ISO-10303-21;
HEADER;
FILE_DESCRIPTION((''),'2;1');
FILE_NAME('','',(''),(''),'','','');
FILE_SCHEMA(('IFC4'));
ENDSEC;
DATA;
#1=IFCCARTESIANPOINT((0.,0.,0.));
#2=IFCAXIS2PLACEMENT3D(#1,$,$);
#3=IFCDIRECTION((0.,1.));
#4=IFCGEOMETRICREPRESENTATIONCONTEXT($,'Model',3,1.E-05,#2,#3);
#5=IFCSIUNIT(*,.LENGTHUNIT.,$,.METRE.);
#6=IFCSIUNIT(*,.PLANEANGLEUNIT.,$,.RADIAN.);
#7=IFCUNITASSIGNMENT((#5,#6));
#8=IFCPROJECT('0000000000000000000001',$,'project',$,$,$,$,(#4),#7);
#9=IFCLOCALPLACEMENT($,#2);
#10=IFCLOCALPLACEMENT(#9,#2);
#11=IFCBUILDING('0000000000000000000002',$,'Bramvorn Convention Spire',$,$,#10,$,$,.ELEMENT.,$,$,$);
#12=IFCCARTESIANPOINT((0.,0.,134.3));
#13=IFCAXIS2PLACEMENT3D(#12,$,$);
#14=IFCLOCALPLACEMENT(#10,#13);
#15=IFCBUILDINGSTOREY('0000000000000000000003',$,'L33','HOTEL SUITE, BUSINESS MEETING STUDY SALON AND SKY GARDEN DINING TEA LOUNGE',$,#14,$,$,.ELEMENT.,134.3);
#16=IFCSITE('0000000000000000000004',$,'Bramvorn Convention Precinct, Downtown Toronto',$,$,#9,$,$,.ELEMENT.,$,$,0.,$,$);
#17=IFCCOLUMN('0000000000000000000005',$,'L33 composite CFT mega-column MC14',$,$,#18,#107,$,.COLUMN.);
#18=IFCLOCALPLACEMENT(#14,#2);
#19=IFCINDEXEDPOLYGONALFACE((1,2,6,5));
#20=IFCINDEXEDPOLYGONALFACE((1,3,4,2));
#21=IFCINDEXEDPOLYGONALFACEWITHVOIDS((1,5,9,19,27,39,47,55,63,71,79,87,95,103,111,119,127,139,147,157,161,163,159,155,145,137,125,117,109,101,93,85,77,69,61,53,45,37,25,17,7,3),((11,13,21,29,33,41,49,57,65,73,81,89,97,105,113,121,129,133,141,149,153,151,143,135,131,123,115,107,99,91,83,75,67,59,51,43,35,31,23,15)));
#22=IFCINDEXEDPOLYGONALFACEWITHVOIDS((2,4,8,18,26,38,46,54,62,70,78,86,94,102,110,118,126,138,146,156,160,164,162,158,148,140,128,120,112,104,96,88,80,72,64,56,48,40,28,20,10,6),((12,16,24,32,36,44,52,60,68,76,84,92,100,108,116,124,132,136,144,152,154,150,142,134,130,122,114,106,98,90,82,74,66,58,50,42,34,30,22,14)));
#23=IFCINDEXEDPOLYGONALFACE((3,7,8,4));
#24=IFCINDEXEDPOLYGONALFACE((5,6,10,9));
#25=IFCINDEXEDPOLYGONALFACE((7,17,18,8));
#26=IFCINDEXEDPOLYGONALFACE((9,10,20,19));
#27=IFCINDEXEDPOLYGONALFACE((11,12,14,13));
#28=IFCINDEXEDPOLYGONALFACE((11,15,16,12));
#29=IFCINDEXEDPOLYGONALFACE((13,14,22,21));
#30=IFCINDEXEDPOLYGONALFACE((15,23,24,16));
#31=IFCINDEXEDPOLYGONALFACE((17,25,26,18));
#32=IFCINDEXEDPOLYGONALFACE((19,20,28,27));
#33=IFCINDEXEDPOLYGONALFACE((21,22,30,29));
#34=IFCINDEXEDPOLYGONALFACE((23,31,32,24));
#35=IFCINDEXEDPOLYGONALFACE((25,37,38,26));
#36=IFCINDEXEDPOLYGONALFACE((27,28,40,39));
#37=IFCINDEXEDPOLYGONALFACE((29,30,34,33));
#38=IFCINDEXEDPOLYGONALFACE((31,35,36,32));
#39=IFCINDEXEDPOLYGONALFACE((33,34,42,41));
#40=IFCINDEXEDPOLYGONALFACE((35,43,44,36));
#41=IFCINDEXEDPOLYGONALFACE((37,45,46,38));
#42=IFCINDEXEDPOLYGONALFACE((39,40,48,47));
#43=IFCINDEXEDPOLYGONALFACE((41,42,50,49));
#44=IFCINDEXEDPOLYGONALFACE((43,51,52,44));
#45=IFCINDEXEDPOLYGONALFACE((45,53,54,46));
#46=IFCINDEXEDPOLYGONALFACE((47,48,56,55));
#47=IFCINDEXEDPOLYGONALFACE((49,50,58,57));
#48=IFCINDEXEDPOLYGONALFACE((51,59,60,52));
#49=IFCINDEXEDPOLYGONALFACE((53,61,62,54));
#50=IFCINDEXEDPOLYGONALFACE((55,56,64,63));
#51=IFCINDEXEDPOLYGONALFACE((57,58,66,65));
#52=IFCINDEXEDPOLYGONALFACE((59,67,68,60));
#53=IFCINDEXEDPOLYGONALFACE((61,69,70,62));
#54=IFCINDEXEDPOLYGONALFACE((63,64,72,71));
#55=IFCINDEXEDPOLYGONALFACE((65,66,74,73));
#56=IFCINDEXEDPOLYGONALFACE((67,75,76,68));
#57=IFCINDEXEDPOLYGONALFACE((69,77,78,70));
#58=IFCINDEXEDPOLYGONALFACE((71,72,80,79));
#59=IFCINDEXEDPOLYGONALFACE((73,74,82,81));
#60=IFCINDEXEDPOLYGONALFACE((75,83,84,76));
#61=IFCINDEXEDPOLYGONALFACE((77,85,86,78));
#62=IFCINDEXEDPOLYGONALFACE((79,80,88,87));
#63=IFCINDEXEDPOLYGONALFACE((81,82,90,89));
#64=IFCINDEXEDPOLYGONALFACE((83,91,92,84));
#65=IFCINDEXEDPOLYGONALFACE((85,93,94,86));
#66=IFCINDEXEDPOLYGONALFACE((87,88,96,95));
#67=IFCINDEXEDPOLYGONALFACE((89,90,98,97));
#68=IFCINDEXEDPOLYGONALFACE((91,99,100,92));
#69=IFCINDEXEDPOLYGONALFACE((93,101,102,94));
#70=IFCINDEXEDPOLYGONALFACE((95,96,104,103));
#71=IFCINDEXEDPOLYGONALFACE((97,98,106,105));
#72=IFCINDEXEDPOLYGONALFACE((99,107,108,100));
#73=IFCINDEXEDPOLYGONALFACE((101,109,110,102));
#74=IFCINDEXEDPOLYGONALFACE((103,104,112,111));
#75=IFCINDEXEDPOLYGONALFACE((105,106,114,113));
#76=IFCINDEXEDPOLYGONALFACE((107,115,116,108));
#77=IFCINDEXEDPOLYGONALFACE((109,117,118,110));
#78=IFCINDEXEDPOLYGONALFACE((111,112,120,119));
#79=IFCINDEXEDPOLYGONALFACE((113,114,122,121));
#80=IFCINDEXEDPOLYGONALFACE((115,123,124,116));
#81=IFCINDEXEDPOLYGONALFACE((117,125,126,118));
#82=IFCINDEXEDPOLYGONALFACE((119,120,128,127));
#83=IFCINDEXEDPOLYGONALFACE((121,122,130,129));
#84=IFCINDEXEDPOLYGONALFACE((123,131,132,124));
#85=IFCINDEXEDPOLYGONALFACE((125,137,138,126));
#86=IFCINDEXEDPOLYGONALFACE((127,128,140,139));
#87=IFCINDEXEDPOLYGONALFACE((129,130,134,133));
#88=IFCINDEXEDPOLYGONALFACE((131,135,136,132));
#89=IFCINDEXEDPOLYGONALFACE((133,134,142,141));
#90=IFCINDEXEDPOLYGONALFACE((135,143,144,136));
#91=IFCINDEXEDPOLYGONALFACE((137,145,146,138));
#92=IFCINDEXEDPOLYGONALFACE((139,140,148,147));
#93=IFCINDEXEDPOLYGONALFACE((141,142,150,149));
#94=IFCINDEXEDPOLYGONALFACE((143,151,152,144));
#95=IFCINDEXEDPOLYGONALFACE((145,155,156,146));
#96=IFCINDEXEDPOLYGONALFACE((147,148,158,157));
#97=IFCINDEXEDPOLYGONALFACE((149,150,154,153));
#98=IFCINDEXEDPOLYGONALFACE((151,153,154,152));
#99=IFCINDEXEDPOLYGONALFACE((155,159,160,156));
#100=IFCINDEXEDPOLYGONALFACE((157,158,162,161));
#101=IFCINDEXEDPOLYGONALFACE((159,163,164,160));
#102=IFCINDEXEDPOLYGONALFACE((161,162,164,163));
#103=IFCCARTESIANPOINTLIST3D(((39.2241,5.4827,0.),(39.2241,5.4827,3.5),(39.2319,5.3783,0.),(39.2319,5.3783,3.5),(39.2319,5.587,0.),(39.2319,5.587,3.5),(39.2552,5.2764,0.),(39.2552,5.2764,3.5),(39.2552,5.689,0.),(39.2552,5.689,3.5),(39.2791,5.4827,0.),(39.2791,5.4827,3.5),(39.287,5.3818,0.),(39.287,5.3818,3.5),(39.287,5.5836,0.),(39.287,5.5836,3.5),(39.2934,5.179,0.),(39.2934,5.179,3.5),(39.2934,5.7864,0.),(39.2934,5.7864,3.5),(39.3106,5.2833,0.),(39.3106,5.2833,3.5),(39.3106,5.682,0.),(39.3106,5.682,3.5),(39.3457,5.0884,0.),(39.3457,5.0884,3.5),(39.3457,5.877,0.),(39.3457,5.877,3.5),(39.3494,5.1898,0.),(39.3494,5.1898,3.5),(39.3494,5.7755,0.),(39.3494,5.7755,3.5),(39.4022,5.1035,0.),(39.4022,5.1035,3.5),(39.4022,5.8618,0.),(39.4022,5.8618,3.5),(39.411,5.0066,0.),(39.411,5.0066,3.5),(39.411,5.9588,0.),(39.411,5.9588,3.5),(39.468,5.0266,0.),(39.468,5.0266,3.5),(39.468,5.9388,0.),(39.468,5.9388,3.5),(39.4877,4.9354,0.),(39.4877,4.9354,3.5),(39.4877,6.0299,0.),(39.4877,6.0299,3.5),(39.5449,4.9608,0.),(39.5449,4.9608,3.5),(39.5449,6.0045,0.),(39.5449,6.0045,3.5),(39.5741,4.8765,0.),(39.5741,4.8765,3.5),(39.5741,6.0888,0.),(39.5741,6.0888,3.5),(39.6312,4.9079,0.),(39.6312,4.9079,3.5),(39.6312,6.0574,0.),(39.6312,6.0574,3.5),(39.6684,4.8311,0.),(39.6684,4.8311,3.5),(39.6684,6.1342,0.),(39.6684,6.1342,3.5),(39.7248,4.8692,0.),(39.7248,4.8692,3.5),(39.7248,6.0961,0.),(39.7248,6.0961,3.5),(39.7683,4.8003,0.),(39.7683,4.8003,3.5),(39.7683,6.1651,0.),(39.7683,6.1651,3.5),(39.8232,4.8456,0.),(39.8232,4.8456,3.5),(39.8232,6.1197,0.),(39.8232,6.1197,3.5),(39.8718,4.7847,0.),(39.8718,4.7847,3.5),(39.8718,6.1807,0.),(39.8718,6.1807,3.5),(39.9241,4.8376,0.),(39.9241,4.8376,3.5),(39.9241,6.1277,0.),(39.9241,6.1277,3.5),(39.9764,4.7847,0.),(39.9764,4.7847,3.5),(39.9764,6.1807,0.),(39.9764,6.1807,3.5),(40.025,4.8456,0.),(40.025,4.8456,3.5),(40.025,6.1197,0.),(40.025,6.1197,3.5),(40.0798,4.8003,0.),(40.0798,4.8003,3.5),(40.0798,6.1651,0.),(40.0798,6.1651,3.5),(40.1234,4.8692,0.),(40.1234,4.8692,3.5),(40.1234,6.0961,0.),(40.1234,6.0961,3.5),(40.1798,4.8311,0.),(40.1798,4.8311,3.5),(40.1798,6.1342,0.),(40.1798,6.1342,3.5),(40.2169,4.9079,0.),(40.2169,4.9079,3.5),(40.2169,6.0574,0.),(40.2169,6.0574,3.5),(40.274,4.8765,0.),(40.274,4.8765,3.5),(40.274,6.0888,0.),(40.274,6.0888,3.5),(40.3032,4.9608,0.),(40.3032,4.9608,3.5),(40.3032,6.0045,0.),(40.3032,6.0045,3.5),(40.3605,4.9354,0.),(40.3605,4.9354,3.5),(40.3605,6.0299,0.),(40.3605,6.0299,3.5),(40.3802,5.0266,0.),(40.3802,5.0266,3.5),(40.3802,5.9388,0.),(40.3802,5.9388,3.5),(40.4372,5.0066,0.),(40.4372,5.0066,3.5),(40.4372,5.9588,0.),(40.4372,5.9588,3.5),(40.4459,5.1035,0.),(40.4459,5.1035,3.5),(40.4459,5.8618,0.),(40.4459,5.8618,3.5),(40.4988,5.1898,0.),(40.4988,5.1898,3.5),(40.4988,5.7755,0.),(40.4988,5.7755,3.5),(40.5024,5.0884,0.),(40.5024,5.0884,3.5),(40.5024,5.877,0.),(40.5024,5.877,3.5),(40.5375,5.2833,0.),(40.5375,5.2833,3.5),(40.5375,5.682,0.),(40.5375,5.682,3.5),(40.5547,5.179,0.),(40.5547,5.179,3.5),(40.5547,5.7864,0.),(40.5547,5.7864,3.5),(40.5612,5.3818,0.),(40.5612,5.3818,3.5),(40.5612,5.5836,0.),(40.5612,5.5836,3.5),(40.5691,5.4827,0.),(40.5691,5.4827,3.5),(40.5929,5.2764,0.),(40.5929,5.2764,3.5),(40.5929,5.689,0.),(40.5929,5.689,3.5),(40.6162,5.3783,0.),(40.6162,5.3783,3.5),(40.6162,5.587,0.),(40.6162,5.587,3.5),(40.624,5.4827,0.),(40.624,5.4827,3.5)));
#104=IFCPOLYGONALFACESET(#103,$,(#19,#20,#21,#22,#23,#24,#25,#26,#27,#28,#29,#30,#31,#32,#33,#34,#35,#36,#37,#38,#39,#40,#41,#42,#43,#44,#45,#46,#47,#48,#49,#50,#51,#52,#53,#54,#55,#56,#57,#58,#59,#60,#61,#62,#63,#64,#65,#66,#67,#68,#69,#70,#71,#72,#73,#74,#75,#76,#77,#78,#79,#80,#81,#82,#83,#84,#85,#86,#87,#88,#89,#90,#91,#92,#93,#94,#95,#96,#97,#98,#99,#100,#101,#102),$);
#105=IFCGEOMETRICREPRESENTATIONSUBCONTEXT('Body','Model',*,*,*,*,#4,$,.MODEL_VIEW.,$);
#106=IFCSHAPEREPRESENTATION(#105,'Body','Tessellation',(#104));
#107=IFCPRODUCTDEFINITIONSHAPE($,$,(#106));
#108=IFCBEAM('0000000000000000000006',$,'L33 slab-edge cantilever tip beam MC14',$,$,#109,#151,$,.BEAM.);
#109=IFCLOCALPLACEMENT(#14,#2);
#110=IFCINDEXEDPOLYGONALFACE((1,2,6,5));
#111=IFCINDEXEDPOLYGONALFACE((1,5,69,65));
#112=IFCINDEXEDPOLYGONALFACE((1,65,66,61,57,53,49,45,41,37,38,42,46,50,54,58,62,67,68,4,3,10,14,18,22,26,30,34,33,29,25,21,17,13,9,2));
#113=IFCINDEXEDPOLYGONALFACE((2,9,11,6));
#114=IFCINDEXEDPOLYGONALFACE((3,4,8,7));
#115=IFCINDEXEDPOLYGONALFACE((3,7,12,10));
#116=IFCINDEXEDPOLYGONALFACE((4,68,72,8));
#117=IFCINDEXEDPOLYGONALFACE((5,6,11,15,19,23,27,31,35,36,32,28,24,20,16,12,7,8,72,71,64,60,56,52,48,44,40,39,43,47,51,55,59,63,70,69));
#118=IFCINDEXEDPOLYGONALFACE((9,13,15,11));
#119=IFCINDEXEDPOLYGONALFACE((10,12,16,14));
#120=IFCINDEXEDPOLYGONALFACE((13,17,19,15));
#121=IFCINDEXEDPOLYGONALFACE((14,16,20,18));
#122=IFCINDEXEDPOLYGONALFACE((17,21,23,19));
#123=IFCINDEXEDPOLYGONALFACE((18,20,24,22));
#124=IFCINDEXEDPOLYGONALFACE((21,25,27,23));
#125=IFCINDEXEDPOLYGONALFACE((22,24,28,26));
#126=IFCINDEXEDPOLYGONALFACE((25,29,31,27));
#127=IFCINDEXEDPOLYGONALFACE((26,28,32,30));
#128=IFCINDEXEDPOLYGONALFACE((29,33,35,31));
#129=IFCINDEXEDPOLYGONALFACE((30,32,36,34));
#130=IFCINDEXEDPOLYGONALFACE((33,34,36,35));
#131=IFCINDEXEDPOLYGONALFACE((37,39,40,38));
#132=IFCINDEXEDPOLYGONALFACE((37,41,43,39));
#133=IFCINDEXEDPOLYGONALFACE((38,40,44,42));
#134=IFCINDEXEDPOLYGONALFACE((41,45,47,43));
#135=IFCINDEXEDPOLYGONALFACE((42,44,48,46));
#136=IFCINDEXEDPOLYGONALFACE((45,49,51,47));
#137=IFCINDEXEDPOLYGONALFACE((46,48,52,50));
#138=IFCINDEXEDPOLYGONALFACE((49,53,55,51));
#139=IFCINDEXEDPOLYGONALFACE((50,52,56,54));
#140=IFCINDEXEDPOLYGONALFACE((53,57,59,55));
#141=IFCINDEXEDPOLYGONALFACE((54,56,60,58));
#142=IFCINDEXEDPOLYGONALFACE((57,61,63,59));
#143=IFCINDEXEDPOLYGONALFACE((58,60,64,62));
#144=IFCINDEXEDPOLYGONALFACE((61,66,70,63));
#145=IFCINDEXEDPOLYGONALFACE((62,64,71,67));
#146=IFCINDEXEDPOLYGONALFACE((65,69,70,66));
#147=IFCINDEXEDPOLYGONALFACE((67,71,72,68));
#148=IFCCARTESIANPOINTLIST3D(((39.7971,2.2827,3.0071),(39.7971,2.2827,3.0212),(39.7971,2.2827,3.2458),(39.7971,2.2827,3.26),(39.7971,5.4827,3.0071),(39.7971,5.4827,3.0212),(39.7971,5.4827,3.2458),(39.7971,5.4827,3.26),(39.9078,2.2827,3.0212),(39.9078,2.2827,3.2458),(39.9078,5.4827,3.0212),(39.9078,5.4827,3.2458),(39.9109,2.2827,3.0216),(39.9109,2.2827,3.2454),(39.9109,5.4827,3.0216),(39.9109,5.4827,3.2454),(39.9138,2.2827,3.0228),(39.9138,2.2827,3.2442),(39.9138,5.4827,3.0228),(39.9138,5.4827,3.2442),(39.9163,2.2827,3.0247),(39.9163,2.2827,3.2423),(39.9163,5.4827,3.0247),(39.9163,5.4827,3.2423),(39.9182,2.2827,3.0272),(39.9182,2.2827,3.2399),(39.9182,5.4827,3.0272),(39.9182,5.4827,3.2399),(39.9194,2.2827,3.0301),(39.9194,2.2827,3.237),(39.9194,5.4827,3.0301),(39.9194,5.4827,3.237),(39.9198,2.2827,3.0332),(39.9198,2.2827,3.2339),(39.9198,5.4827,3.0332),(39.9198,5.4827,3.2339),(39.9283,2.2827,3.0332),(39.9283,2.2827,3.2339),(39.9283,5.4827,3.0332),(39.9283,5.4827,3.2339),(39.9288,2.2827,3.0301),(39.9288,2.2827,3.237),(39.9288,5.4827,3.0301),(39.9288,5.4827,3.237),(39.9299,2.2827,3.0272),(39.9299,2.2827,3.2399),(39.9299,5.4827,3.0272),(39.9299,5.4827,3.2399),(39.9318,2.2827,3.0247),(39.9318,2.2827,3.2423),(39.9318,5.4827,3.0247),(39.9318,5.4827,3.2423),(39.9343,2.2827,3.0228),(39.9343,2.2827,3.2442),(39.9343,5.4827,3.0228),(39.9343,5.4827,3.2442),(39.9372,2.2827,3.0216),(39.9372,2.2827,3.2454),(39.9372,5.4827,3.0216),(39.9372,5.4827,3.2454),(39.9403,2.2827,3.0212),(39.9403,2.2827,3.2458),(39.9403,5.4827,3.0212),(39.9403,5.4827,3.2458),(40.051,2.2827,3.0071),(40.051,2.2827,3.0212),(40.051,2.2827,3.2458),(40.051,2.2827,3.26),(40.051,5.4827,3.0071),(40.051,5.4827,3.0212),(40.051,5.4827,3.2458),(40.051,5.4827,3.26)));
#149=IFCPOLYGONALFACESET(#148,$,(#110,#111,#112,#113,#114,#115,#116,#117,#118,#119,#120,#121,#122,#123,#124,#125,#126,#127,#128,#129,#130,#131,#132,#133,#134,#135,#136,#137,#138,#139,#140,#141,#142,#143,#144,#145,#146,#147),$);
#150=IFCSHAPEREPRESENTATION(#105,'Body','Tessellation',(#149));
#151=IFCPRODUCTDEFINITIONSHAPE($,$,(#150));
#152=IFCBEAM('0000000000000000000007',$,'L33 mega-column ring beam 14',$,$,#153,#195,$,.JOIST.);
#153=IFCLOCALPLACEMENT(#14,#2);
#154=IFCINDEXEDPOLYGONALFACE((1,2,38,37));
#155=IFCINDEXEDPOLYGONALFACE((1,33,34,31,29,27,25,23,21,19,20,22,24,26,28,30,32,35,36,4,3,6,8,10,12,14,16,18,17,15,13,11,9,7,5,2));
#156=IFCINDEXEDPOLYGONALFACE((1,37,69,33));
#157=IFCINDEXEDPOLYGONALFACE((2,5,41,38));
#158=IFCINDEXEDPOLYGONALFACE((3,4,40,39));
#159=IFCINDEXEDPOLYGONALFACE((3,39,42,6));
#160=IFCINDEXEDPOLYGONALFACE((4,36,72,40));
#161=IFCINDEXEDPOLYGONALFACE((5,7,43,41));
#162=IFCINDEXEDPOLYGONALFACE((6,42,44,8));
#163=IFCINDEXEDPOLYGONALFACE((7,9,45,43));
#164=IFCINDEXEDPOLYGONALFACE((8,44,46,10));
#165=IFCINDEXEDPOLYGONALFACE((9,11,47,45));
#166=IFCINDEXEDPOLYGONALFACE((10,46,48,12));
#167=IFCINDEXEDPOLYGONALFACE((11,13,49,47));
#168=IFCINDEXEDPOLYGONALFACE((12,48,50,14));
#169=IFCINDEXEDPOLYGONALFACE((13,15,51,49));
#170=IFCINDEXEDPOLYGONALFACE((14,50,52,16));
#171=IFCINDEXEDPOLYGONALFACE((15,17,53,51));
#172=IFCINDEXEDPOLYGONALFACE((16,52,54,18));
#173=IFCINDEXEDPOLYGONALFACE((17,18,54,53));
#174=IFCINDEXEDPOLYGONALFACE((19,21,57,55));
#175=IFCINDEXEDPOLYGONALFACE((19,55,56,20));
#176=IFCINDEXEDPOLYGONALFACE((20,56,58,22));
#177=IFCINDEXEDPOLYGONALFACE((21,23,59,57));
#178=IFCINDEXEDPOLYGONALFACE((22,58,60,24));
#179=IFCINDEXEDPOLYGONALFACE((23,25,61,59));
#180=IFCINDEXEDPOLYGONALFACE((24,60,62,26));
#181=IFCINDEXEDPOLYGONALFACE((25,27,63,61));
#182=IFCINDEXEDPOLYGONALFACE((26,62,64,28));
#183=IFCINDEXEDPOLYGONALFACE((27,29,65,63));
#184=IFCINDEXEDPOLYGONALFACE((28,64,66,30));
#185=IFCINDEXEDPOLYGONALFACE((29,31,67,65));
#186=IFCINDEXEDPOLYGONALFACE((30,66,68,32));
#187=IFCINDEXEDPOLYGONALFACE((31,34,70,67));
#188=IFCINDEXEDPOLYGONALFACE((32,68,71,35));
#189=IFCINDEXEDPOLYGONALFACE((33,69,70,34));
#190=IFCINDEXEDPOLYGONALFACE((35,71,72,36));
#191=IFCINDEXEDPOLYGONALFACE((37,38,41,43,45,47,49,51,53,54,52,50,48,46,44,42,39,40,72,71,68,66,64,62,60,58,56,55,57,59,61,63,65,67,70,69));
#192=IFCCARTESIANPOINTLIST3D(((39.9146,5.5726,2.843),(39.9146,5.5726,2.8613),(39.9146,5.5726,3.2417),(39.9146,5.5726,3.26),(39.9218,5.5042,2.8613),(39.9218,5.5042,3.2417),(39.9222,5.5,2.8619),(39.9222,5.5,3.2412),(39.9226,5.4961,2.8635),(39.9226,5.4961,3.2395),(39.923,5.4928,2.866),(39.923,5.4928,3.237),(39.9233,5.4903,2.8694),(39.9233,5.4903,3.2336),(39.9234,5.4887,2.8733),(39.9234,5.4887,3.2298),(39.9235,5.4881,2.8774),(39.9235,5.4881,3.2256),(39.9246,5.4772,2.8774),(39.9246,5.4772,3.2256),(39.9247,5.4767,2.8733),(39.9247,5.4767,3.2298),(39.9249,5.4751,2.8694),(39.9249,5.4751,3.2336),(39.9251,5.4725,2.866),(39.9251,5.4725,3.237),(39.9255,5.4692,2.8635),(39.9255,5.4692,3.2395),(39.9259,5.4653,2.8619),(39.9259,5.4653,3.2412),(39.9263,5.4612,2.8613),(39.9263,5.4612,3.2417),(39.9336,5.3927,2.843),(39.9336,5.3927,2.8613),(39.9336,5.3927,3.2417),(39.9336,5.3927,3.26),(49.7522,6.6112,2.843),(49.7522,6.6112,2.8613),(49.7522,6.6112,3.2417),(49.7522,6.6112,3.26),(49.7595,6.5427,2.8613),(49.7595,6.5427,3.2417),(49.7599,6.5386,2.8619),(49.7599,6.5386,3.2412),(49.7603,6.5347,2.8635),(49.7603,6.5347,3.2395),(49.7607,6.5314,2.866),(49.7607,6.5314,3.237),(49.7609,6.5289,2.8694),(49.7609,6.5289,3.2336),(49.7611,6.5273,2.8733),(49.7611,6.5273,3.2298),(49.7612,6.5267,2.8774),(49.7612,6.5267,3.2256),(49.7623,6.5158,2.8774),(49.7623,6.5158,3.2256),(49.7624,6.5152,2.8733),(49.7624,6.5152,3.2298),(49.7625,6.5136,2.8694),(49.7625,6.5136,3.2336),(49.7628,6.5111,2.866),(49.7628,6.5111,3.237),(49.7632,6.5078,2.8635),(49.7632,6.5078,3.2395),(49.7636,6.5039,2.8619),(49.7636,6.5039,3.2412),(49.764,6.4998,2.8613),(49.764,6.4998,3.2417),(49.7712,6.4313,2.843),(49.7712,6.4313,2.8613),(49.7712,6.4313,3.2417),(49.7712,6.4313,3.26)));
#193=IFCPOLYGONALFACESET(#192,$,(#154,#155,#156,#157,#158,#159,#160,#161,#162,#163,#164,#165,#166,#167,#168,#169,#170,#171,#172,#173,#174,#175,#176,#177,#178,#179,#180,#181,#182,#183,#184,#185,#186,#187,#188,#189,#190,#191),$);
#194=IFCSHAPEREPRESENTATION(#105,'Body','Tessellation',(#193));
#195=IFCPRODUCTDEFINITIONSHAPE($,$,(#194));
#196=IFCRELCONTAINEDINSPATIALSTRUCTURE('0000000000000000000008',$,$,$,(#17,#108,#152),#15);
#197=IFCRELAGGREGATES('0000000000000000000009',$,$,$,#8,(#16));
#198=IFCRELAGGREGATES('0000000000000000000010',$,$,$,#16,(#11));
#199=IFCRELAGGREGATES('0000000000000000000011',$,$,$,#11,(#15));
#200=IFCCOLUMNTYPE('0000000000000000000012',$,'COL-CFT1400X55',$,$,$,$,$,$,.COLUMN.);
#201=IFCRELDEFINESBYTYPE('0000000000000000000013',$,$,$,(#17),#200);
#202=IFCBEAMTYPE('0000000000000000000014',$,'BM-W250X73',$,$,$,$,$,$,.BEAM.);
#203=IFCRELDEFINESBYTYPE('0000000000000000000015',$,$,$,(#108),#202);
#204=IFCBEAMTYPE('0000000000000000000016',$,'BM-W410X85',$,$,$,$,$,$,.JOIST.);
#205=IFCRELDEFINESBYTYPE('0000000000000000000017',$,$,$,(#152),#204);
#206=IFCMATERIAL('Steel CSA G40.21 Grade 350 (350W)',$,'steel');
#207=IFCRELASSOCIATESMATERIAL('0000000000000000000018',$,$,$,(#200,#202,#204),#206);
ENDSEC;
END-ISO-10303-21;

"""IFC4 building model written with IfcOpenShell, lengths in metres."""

from ifc_helpers import new_model, si_unit, direction, frame, origin, origin_2d, place, context, subcontext, project, spatial, hollow_circle, i_section, extrude, material, material_profile, profile_set, type_object, element, save


model = new_model("IFC4")

# Units and contexts
model_context = context("Model", 3, precision=1e-05, world=origin(), true_north=direction((0.0, 1.0)))
body_context = subcontext(model_context, "Body", "Model", "MODEL_VIEW")
ifc_project = project(units=[si_unit("LENGTHUNIT", "METRE"), si_unit("PLANEANGLEUNIT", "RADIAN")], contexts=[model_context])

# Site, building, storey
site_placement = place(None, origin())
site = spatial("IfcSite", under=ifc_project, at=site_placement, Name="Bramvorn Convention Precinct, Downtown Toronto", CompositionType="ELEMENT", RefElevation=0.0)
building_placement = place(site_placement, origin())
building = spatial("IfcBuilding", under=site, at=building_placement, Name="Bramvorn Convention Spire", CompositionType="ELEMENT")
storey_placement = place(building_placement, frame((0.0, 0.0, 134.3)))
storey = spatial("IfcBuildingStorey", under=building, at=storey_placement, Name="L33", Description="HOTEL SUITE, BUSINESS MEETING STUDY SALON AND SKY GARDEN DINING TEA LOUNGE", CompositionType="ELEMENT", Elevation=134.3)

# Column
ifc_material_1 = material(Name="Steel CSA G40.21 Grade 350 (350W)", Category="steel")
ifc_material_profile_1 = material_profile(ifc_material_1, hollow_circle(Radius=0.7, WallThickness=0.0549, at=origin_2d()))
ifc_profile_set_1 = profile_set([ifc_material_profile_1], Name="Steel CSA G40.21 Grade 350 (350W) - CFT1400X55")
column_type = type_object("IfcColumnType", Name="COL-CFT1400X55", PredefinedType="COLUMN", material=ifc_profile_set_1)
column_placement = place(storey_placement, frame((39.9241, 5.4827, 0.0), z_axis=(0.0, 0.0, 1.0), x_axis=(1.0, 0.0, 0.0)))
element("IfcColumn", 1, at=column_placement, inside=storey, type_object=column_type, Name="L33 composite CFT mega-column MC14", PredefinedType="COLUMN", context=body_context, shape_type="SweptSolid", body=[
    extrude(hollow_circle(Radius=0.7, WallThickness=0.0549, at=origin_2d()), origin(), (0.0, 0.0, 1.0), 3.5),
])

# Beams
ifc_material_profile_2 = material_profile(ifc_material_1, i_section(OverallWidth=0.2539, OverallDepth=0.2529, WebThickness=0.0085, FlangeThickness=0.0142, FilletRadius=0.012, at=origin_2d()))
ifc_profile_set_2 = profile_set([ifc_material_profile_2], Name="Steel CSA G40.21 Grade 350 (350W) - W250X73")
beam_type_1 = type_object("IfcBeamType", Name="BM-W250X73", PredefinedType="BEAM", material=ifc_profile_set_2)
beam_1_placement = place(storey_placement, frame((39.9241, 5.4827, 3.1335), z_axis=(0.0, -1.0, 0.0), x_axis=(1.0, 0.0, 0.0)))
element("IfcBeam", 2, at=beam_1_placement, inside=storey, type_object=beam_type_1, Name="L33 slab-edge cantilever tip beam MC14", PredefinedType="BEAM", context=body_context, shape_type="SweptSolid", body=[
    extrude(i_section(OverallWidth=0.2539, OverallDepth=0.2529, WebThickness=0.0085, FlangeThickness=0.0142, FilletRadius=0.012, at=origin_2d()), origin(), (0.0, 0.0, 1.0), 3.2),
])
ifc_material_profile_3 = material_profile(ifc_material_1, i_section(OverallWidth=0.1809, OverallDepth=0.417, WebThickness=0.011, FlangeThickness=0.0183, FilletRadius=0.0161, at=origin_2d()))
ifc_profile_set_3 = profile_set([ifc_material_profile_3], Name="Steel CSA G40.21 Grade 350 (350W) - W410X85")
beam_type_2 = type_object("IfcBeamType", Name="BM-W410X85", PredefinedType="JOIST", material=ifc_profile_set_3)
beam_2_placement = place(storey_placement, frame((39.9241, 5.4827, 3.0515), z_axis=(0.994473, 0.104988, 0.0), x_axis=(-0.104988, 0.994473, 0.0)))
element("IfcBeam", 3, at=beam_2_placement, inside=storey, type_object=beam_type_2, Name="L33 mega-column ring beam 14", PredefinedType="JOIST", context=body_context, shape_type="SweptSolid", body=[
    extrude(i_section(OverallWidth=0.1809, OverallDepth=0.417, WebThickness=0.011, FlangeThickness=0.0183, FilletRadius=0.0161, at=origin_2d()), origin(), (0.0, 0.0, 1.0), 9.8923),
])

save(model, "model.ifc")
